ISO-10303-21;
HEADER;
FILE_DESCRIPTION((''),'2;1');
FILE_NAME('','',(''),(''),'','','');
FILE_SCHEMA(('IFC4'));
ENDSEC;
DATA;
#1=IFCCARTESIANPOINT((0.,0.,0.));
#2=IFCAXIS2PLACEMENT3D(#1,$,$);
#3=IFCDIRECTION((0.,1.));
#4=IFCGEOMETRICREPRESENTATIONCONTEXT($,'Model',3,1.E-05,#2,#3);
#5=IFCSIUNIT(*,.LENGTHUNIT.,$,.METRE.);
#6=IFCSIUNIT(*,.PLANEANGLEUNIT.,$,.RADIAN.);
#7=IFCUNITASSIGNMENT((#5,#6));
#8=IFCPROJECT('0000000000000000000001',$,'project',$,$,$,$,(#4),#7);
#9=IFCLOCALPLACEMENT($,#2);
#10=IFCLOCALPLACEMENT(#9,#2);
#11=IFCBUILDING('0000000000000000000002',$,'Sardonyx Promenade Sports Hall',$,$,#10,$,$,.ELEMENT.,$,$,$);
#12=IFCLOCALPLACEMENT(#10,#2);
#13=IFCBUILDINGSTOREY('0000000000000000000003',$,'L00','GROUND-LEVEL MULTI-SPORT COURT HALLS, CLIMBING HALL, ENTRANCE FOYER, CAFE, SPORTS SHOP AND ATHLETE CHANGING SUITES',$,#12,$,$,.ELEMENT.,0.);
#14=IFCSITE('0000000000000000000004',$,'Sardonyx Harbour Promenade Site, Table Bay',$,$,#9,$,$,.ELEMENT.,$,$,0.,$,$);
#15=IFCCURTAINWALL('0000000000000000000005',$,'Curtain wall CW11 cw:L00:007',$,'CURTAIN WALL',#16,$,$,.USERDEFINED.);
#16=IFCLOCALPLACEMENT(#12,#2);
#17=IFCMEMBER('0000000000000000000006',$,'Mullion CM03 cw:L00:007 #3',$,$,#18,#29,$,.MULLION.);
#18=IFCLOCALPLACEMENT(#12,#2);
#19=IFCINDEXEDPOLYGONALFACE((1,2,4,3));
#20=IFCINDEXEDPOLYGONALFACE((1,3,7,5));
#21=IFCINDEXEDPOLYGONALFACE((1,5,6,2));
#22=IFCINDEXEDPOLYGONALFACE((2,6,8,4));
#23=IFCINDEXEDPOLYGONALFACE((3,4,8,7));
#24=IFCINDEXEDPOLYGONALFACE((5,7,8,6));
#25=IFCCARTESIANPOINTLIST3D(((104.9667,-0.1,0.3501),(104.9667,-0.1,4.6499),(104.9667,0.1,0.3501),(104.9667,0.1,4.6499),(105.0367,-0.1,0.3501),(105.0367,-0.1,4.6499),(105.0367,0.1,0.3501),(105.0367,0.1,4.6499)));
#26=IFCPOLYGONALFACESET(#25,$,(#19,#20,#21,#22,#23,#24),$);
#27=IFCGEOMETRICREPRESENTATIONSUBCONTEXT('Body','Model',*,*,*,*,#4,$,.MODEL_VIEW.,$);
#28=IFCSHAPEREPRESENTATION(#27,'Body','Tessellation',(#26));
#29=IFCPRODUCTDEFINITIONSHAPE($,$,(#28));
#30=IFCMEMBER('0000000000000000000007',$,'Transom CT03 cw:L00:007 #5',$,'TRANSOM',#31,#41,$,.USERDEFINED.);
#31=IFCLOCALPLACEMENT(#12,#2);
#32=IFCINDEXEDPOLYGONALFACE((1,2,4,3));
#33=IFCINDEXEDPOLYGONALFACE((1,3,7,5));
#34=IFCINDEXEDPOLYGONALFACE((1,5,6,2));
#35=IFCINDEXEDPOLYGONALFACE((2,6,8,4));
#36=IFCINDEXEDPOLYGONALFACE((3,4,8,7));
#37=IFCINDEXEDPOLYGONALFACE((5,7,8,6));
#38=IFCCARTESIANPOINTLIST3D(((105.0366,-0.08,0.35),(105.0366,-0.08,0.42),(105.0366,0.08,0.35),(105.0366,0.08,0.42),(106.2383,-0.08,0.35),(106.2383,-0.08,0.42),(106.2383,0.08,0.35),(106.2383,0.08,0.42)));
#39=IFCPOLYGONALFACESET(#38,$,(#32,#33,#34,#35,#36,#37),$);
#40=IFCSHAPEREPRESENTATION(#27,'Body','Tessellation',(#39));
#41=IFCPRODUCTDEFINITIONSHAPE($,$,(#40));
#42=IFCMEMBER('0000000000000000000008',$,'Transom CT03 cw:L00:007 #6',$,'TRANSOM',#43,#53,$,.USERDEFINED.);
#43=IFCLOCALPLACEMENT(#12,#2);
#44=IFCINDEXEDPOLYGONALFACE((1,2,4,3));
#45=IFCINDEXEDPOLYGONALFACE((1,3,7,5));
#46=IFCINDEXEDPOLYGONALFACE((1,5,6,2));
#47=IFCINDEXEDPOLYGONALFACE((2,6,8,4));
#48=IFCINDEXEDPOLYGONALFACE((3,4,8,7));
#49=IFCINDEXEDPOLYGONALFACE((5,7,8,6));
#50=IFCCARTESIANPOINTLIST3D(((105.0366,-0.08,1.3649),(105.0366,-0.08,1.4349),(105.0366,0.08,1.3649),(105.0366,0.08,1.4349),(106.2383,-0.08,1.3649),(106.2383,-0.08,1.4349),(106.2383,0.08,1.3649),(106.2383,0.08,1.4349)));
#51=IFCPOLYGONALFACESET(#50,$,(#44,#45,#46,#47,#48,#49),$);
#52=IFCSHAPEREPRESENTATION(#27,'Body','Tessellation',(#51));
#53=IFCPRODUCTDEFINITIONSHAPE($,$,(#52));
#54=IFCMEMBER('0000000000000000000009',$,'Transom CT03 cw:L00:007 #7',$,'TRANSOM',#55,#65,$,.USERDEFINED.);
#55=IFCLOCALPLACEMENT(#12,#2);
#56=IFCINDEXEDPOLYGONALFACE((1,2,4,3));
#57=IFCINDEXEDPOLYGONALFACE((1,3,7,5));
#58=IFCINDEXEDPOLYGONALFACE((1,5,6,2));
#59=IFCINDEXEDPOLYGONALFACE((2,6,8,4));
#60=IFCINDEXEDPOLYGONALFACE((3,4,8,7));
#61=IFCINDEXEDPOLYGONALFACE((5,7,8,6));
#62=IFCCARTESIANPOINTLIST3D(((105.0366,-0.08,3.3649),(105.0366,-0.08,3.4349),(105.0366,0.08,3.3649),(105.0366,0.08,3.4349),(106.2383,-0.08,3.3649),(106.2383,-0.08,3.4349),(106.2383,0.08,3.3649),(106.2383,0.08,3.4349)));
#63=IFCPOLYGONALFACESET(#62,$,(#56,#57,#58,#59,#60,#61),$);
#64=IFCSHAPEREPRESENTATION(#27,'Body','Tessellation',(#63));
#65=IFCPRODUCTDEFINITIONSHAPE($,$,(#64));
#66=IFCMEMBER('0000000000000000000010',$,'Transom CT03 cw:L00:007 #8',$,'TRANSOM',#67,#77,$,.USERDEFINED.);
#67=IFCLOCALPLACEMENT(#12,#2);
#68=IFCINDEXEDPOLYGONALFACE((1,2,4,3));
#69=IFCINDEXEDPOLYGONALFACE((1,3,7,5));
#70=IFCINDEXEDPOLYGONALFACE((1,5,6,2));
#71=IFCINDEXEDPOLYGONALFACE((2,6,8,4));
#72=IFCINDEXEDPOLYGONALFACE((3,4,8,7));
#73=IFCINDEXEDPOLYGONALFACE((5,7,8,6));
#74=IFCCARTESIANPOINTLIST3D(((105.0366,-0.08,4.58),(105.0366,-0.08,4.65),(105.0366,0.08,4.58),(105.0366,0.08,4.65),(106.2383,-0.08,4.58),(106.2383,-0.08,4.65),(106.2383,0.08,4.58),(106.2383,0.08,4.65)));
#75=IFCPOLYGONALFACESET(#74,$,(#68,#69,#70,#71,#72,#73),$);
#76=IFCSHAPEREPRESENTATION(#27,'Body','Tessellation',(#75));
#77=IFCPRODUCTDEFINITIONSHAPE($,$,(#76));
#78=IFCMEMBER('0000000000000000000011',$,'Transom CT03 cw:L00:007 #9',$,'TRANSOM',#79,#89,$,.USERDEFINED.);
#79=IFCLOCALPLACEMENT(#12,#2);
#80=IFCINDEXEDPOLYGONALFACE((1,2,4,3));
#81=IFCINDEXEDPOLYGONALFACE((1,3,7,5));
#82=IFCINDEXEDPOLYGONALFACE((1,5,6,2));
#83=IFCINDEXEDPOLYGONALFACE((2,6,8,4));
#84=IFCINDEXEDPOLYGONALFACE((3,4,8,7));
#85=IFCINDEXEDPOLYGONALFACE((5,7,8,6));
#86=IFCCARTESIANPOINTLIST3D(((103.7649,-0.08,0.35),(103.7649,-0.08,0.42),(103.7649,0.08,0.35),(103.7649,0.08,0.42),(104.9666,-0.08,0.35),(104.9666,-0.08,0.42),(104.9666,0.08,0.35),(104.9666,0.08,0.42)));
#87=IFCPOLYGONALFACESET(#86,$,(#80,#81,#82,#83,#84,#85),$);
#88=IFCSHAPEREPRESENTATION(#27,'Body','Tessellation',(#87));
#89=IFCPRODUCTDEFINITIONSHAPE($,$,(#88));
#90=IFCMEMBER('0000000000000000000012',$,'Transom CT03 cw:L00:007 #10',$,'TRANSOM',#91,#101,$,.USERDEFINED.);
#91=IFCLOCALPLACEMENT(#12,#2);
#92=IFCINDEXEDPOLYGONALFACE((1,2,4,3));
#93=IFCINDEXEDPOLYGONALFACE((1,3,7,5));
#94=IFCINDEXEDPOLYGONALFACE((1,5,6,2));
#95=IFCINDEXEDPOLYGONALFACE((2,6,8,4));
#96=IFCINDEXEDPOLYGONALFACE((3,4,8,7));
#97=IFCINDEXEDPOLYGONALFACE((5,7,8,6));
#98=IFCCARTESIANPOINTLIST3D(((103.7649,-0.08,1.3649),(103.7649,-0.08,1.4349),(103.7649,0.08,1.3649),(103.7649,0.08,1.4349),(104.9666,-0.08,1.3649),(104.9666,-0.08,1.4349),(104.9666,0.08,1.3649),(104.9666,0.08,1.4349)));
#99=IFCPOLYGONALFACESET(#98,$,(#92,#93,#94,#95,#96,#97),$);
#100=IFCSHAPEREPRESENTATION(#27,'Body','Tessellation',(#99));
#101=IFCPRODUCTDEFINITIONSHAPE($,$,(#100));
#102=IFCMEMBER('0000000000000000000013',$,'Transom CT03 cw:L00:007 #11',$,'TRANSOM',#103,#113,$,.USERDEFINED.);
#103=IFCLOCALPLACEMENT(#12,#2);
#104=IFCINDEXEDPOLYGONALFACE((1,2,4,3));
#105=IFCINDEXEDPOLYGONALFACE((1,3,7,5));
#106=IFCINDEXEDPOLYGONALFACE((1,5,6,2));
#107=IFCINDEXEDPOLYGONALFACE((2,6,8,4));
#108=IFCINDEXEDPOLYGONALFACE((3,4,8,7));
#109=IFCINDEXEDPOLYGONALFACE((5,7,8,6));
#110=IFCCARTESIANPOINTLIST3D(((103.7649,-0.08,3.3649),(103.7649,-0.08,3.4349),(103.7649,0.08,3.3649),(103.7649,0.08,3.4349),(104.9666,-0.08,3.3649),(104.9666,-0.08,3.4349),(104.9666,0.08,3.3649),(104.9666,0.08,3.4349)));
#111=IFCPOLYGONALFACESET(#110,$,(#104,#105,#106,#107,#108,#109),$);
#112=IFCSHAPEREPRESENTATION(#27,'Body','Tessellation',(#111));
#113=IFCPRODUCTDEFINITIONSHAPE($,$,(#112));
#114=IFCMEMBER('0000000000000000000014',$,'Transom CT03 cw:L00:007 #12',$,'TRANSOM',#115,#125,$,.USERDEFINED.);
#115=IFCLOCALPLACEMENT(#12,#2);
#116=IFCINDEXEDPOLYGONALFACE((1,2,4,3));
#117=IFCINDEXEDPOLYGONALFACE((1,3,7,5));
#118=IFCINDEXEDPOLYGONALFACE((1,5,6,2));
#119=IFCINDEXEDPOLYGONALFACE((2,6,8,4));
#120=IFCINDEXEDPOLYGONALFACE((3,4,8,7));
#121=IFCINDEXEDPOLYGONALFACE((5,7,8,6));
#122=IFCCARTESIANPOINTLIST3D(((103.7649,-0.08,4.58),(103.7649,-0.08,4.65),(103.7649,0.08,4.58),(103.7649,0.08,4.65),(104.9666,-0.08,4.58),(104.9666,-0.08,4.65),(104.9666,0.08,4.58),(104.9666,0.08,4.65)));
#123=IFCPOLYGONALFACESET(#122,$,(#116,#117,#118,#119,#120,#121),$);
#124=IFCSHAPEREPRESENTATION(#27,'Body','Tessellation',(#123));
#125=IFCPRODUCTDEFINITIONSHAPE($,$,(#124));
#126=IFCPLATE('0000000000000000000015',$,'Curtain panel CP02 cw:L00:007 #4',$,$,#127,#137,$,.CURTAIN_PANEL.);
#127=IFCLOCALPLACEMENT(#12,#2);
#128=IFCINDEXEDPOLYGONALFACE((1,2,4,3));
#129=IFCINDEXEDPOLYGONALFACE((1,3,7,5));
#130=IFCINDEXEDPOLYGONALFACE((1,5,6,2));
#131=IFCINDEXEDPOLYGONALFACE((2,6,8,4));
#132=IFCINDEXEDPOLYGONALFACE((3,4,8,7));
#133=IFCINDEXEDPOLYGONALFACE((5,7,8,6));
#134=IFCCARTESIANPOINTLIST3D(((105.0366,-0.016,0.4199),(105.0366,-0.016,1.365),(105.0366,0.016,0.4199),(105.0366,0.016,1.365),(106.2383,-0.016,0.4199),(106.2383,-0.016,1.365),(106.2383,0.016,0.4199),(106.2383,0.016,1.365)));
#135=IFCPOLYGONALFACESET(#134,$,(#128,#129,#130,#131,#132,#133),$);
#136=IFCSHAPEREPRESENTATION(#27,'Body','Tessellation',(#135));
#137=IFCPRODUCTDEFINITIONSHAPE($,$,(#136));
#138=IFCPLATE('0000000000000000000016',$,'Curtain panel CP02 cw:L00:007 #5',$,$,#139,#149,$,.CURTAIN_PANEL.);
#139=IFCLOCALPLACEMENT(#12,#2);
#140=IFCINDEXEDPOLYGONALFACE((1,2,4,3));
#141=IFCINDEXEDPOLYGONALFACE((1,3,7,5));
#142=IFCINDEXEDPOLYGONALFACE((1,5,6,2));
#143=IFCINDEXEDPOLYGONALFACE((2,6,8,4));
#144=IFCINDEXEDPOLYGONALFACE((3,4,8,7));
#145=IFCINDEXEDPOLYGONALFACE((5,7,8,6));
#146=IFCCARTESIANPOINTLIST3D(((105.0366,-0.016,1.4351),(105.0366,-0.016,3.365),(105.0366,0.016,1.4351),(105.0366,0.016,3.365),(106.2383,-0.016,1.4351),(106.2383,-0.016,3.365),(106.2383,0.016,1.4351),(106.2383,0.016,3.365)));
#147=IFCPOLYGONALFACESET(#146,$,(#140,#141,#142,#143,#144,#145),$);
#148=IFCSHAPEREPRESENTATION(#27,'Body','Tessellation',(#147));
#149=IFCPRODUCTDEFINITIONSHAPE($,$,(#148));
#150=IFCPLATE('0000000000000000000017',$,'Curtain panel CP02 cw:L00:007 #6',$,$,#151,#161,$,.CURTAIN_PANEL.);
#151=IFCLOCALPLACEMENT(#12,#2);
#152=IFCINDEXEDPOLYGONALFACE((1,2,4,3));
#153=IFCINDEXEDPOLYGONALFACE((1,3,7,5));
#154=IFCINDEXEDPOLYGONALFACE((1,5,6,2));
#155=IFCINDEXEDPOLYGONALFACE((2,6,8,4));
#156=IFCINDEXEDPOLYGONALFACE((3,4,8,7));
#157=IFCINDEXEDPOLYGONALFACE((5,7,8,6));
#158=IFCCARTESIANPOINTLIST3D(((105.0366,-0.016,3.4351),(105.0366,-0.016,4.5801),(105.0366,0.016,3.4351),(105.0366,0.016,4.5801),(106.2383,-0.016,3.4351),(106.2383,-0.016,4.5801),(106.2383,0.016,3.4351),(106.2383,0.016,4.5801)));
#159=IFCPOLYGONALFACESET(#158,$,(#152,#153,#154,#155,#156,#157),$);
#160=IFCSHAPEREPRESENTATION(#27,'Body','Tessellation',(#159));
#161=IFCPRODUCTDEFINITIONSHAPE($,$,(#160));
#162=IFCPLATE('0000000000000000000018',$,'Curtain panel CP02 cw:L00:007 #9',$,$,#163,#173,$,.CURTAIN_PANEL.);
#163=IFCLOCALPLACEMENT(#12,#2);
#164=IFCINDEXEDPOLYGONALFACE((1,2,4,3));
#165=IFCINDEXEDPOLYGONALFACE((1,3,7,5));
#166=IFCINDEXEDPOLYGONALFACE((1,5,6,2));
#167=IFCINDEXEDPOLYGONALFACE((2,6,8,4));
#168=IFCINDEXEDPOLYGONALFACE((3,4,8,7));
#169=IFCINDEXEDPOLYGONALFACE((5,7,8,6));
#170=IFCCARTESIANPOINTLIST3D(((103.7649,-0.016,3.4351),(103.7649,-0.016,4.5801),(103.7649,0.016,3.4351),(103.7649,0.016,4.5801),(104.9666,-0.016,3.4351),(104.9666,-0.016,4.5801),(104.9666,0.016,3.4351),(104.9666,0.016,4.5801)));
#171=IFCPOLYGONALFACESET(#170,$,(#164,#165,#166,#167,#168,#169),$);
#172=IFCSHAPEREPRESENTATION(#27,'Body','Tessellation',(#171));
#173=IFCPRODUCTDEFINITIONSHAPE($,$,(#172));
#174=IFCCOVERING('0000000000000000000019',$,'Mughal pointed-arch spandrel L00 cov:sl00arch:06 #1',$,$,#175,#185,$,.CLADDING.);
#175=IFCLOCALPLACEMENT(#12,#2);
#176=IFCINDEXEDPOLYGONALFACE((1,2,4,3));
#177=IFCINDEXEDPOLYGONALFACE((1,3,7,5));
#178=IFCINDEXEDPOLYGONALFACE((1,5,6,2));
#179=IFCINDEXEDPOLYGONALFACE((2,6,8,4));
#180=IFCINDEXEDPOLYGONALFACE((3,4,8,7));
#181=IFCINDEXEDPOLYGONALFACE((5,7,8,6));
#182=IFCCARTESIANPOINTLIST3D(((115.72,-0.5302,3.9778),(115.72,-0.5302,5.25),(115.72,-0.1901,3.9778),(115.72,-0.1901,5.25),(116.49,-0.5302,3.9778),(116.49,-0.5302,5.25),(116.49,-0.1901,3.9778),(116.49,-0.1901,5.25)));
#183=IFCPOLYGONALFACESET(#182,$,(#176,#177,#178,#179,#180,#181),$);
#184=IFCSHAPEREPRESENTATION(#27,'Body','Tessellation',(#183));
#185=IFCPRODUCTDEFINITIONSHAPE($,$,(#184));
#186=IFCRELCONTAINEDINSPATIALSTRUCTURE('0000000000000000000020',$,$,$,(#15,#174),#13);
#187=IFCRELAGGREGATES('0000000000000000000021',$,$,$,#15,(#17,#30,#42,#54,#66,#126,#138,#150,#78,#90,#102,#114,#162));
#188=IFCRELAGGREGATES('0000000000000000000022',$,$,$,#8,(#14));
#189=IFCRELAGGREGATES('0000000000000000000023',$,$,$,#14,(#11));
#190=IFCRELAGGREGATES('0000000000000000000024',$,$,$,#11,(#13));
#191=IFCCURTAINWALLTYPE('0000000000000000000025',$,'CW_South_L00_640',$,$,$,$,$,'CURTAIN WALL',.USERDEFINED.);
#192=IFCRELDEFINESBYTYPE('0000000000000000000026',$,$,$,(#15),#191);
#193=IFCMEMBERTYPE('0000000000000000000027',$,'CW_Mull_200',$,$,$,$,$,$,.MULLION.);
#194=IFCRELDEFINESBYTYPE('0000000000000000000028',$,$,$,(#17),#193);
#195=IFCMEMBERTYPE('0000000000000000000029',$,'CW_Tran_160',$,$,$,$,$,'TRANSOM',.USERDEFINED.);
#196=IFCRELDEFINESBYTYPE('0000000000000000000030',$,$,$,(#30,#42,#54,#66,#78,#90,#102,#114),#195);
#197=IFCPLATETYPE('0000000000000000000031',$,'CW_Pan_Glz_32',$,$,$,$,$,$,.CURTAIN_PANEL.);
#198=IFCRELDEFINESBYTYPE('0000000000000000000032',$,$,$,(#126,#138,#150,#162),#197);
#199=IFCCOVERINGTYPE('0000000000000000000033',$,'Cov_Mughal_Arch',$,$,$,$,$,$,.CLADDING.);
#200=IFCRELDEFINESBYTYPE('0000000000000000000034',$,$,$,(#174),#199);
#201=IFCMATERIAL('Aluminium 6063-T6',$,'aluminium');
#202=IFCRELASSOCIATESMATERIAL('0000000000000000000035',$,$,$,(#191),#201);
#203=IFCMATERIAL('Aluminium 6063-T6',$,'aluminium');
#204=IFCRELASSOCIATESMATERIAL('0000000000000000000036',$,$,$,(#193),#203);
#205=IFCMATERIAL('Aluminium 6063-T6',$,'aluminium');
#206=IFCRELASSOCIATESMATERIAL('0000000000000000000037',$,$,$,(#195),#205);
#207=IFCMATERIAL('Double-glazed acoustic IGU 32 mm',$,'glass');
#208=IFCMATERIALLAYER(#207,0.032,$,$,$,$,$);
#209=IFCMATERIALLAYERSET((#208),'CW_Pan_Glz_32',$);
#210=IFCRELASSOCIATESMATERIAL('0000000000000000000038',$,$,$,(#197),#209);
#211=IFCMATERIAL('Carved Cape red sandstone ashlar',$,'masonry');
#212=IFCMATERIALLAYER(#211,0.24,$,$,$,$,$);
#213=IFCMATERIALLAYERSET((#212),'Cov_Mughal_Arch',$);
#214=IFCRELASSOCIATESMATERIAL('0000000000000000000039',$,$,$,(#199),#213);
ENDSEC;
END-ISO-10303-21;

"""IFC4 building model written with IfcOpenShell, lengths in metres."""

from ifc_helpers import new_model, si_unit, direction, frame, frame_2d, origin, origin_2d, place, context, subcontext, project, spatial, rectangle, extrude, material, layer, layer_set, material_profile, profile_set, type_object, element, aggregate, save


model = new_model("IFC4")

# Units and contexts
model_context = context("Model", 3, precision=1e-05, world=origin(), true_north=direction((0.0, 1.0)))
body_context = subcontext(model_context, "Body", "Model", "MODEL_VIEW")
ifc_project = project(units=[si_unit("LENGTHUNIT", "METRE"), si_unit("PLANEANGLEUNIT", "RADIAN")], contexts=[model_context])

# Site, building, storey
site_placement = place(None, origin())
site = spatial("IfcSite", under=ifc_project, at=site_placement, Name="Sardonyx Harbour Promenade Site, Table Bay", CompositionType="ELEMENT", RefElevation=0.0)
building_placement = place(site_placement, origin())
building = spatial("IfcBuilding", under=site, at=building_placement, Name="Sardonyx Promenade Sports Hall", CompositionType="ELEMENT")
storey_placement = place(building_placement, origin())
storey = spatial("IfcBuildingStorey", under=building, at=storey_placement, Name="L00", Description="GROUND-LEVEL MULTI-SPORT COURT HALLS, CLIMBING HALL, ENTRANCE FOYER, CAFE, SPORTS SHOP AND ATHLETE CHANGING SUITES", CompositionType="ELEMENT", Elevation=0.0)

# Curtain wall, members, plates
ifc_material_1 = material(Name="Aluminium 6063-T6", Category="aluminium")
curtain_wall_type = type_object("IfcCurtainWallType", Name="CW_South_L00_640", ElementType="CURTAIN WALL", PredefinedType="USERDEFINED", material=ifc_material_1)
curtain_wall_placement = place(storey_placement, origin())
curtain_wall = element("IfcCurtainWall", 1, at=curtain_wall_placement, inside=storey, type_object=curtain_wall_type, Name="Curtain wall CW11 cw:L00:007", ObjectType="CURTAIN WALL", PredefinedType="USERDEFINED")
ifc_material_2 = material(Name="Aluminium 6063-T6", Category="aluminium")
ifc_material_profile_1 = material_profile(ifc_material_2, rectangle(XDim=0.0701, YDim=0.2, at=origin_2d()))
ifc_profile_set_1 = profile_set([ifc_material_profile_1], Name="Aluminium 6063-T6")
member_type_1 = type_object("IfcMemberType", Name="CW_Mull_200", PredefinedType="MULLION", material=ifc_profile_set_1)
member_1_placement = place(storey_placement, frame((105.0017, 0.0, 0.3501), z_axis=(0.0, 0.0, 1.0), x_axis=(-1.0, 0.0, 0.0)))
member_1 = element("IfcMember", 2, at=member_1_placement, type_object=member_type_1, Name="Mullion CM03 cw:L00:007 #3", PredefinedType="MULLION", context=body_context, shape_type="SweptSolid", body=[
    extrude(rectangle(XDim=0.0701, YDim=0.2, at=origin_2d()), origin(), (0.0, 0.0, 1.0), 4.2998),
])
ifc_material_3 = material(Name="Aluminium 6063-T6", Category="aluminium")
ifc_material_profile_2 = material_profile(ifc_material_3, rectangle(XDim=0.0701, YDim=0.1599, at=origin_2d()))
ifc_profile_set_2 = profile_set([ifc_material_profile_2], Name="Aluminium 6063-T6")
member_type_2 = type_object("IfcMemberType", Name="CW_Tran_160", ElementType="TRANSOM", PredefinedType="USERDEFINED", material=ifc_profile_set_2)
member_2_placement = place(storey_placement, frame((106.2383, 0.0, 0.385), z_axis=(-1.0, 0.0, 0.0), x_axis=(0.0, 0.0, 1.0)))
member_2 = element("IfcMember", 3, at=member_2_placement, type_object=member_type_2, Name="Transom CT03 cw:L00:007 #5", ObjectType="TRANSOM", PredefinedType="USERDEFINED", context=body_context, shape_type="SweptSolid", body=[
    extrude(rectangle(XDim=0.0701, YDim=0.1599, at=origin_2d()), origin(), (0.0, 0.0, 1.0), 1.2017),
])
member_3_placement = place(storey_placement, frame((106.2383, 0.0, 1.3999), z_axis=(-1.0, 0.0, 0.0), x_axis=(0.0, 0.0, 1.0)))
member_3 = element("IfcMember", 4, at=member_3_placement, type_object=member_type_2, Name="Transom CT03 cw:L00:007 #6", ObjectType="TRANSOM", PredefinedType="USERDEFINED", context=body_context, shape_type="SweptSolid", body=[
    extrude(rectangle(XDim=0.0701, YDim=0.1599, at=origin_2d()), origin(), (0.0, 0.0, 1.0), 1.2017),
])
member_4_placement = place(storey_placement, frame((106.2383, 0.0, 3.3999), z_axis=(-1.0, 0.0, 0.0), x_axis=(0.0, 0.0, 1.0)))
member_4 = element("IfcMember", 5, at=member_4_placement, type_object=member_type_2, Name="Transom CT03 cw:L00:007 #7", ObjectType="TRANSOM", PredefinedType="USERDEFINED", context=body_context, shape_type="SweptSolid", body=[
    extrude(rectangle(XDim=0.0701, YDim=0.1599, at=origin_2d()), origin(), (0.0, 0.0, 1.0), 1.2017),
])
member_5_placement = place(storey_placement, frame((106.2383, 0.0, 4.615), z_axis=(-1.0, 0.0, 0.0), x_axis=(0.0, 0.0, 1.0)))
member_5 = element("IfcMember", 6, at=member_5_placement, type_object=member_type_2, Name="Transom CT03 cw:L00:007 #8", ObjectType="TRANSOM", PredefinedType="USERDEFINED", context=body_context, shape_type="SweptSolid", body=[
    extrude(rectangle(XDim=0.0701, YDim=0.1599, at=origin_2d()), origin(), (0.0, 0.0, 1.0), 1.2017),
])
member_6_placement = place(storey_placement, frame((104.9666, 0.0, 0.385), z_axis=(-1.0, 0.0, 0.0), x_axis=(0.0, 0.0, 1.0)))
member_6 = element("IfcMember", 7, at=member_6_placement, type_object=member_type_2, Name="Transom CT03 cw:L00:007 #9", ObjectType="TRANSOM", PredefinedType="USERDEFINED", context=body_context, shape_type="SweptSolid", body=[
    extrude(rectangle(XDim=0.0701, YDim=0.1599, at=origin_2d()), origin(), (0.0, 0.0, 1.0), 1.2017),
])
member_7_placement = place(storey_placement, frame((104.9666, 0.0, 1.3999), z_axis=(-1.0, 0.0, 0.0), x_axis=(0.0, 0.0, 1.0)))
member_7 = element("IfcMember", 8, at=member_7_placement, type_object=member_type_2, Name="Transom CT03 cw:L00:007 #10", ObjectType="TRANSOM", PredefinedType="USERDEFINED", context=body_context, shape_type="SweptSolid", body=[
    extrude(rectangle(XDim=0.0701, YDim=0.1599, at=origin_2d()), origin(), (0.0, 0.0, 1.0), 1.2017),
])
member_8_placement = place(storey_placement, frame((104.9666, 0.0, 3.3999), z_axis=(-1.0, 0.0, 0.0), x_axis=(0.0, 0.0, 1.0)))
member_8 = element("IfcMember", 9, at=member_8_placement, type_object=member_type_2, Name="Transom CT03 cw:L00:007 #11", ObjectType="TRANSOM", PredefinedType="USERDEFINED", context=body_context, shape_type="SweptSolid", body=[
    extrude(rectangle(XDim=0.0701, YDim=0.1599, at=origin_2d()), origin(), (0.0, 0.0, 1.0), 1.2017),
])
member_9_placement = place(storey_placement, frame((104.9666, 0.0, 4.615), z_axis=(-1.0, 0.0, 0.0), x_axis=(0.0, 0.0, 1.0)))
member_9 = element("IfcMember", 10, at=member_9_placement, type_object=member_type_2, Name="Transom CT03 cw:L00:007 #12", ObjectType="TRANSOM", PredefinedType="USERDEFINED", context=body_context, shape_type="SweptSolid", body=[
    extrude(rectangle(XDim=0.0701, YDim=0.1599, at=origin_2d()), origin(), (0.0, 0.0, 1.0), 1.2017),
])
ifc_material_4 = material(Name="Double-glazed acoustic IGU 32 mm", Category="glass")
ifc_layer_1 = layer(ifc_material_4, 0.032)
ifc_layer_set_1 = layer_set([ifc_layer_1], Name="CW_Pan_Glz_32")
plate_type = type_object("IfcPlateType", Name="CW_Pan_Glz_32", PredefinedType="CURTAIN_PANEL", material=ifc_layer_set_1)
plate_1_placement = place(storey_placement, frame((105.6375, 0.0, 0.4199), z_axis=(0.0, 0.0, 1.0), x_axis=(-1.0, 0.0, 0.0)))
plate_1 = element("IfcPlate", 11, at=plate_1_placement, type_object=plate_type, Name="Curtain panel CP02 cw:L00:007 #4", PredefinedType="CURTAIN_PANEL", context=body_context, shape_type="SweptSolid", body=[
    extrude(rectangle(XDim=1.2017, YDim=0.032, at=origin_2d()), origin(), (0.0, 0.0, 1.0), 0.9451),
])
plate_2_placement = place(storey_placement, frame((105.6375, 0.0, 1.4351), z_axis=(0.0, 0.0, 1.0), x_axis=(-1.0, 0.0, 0.0)))
plate_2 = element("IfcPlate", 12, at=plate_2_placement, type_object=plate_type, Name="Curtain panel CP02 cw:L00:007 #5", PredefinedType="CURTAIN_PANEL", context=body_context, shape_type="SweptSolid", body=[
    extrude(rectangle(XDim=1.2017, YDim=0.032, at=origin_2d()), origin(), (0.0, 0.0, 1.0), 1.9299),
])
plate_3_placement = place(storey_placement, frame((105.6375, 0.0, 3.4351), z_axis=(0.0, 0.0, 1.0), x_axis=(-1.0, 0.0, 0.0)))
plate_3 = element("IfcPlate", 13, at=plate_3_placement, type_object=plate_type, Name="Curtain panel CP02 cw:L00:007 #6", PredefinedType="CURTAIN_PANEL", context=body_context, shape_type="SweptSolid", body=[
    extrude(rectangle(XDim=1.2017, YDim=0.032, at=origin_2d()), origin(), (0.0, 0.0, 1.0), 1.145),
])
plate_4_placement = place(storey_placement, frame((104.3657, 0.0, 3.4351), z_axis=(0.0, 0.0, 1.0), x_axis=(-1.0, 0.0, 0.0)))
plate_4 = element("IfcPlate", 14, at=plate_4_placement, type_object=plate_type, Name="Curtain panel CP02 cw:L00:007 #9", PredefinedType="CURTAIN_PANEL", context=body_context, shape_type="SweptSolid", body=[
    extrude(rectangle(XDim=1.2017, YDim=0.032, at=origin_2d()), origin(), (0.0, 0.0, 1.0), 1.145),
])
aggregate(curtain_wall, [member_1, member_2, member_3, member_4, member_5, plate_1, plate_2, plate_3, member_6, member_7, member_8, member_9, plate_4])

# Covering
ifc_material_5 = material(Name="Carved Cape red sandstone ashlar", Category="masonry")
ifc_layer_2 = layer(ifc_material_5, 0.24)
ifc_layer_set_2 = layer_set([ifc_layer_2], Name="Cov_Mughal_Arch")
covering_type = type_object("IfcCoveringType", Name="Cov_Mughal_Arch", PredefinedType="CLADDING", material=ifc_layer_set_2)
for number, where, z_axis, x_axis, name in (
    (15, (115.72, -0.3601, 3.9778), (0.0, 0.0, 1.0), (1.0, 0.0, 0.0), "Mughal pointed-arch spandrel L00 cov:sl00arch:06 #1"),
):
    element("IfcCovering", number, at=place(storey_placement, frame(where, z_axis=z_axis, x_axis=x_axis)), inside=storey, type_object=covering_type, Name=name, PredefinedType="CLADDING", context=body_context, shape_type="SweptSolid", body=[
        extrude(rectangle(XDim=0.77, YDim=0.3401, at=frame_2d((0.385, 0.0))), origin(), (0.0, 0.0, 1.0), 1.2722),
    ])

save(model, "model.ifc")
